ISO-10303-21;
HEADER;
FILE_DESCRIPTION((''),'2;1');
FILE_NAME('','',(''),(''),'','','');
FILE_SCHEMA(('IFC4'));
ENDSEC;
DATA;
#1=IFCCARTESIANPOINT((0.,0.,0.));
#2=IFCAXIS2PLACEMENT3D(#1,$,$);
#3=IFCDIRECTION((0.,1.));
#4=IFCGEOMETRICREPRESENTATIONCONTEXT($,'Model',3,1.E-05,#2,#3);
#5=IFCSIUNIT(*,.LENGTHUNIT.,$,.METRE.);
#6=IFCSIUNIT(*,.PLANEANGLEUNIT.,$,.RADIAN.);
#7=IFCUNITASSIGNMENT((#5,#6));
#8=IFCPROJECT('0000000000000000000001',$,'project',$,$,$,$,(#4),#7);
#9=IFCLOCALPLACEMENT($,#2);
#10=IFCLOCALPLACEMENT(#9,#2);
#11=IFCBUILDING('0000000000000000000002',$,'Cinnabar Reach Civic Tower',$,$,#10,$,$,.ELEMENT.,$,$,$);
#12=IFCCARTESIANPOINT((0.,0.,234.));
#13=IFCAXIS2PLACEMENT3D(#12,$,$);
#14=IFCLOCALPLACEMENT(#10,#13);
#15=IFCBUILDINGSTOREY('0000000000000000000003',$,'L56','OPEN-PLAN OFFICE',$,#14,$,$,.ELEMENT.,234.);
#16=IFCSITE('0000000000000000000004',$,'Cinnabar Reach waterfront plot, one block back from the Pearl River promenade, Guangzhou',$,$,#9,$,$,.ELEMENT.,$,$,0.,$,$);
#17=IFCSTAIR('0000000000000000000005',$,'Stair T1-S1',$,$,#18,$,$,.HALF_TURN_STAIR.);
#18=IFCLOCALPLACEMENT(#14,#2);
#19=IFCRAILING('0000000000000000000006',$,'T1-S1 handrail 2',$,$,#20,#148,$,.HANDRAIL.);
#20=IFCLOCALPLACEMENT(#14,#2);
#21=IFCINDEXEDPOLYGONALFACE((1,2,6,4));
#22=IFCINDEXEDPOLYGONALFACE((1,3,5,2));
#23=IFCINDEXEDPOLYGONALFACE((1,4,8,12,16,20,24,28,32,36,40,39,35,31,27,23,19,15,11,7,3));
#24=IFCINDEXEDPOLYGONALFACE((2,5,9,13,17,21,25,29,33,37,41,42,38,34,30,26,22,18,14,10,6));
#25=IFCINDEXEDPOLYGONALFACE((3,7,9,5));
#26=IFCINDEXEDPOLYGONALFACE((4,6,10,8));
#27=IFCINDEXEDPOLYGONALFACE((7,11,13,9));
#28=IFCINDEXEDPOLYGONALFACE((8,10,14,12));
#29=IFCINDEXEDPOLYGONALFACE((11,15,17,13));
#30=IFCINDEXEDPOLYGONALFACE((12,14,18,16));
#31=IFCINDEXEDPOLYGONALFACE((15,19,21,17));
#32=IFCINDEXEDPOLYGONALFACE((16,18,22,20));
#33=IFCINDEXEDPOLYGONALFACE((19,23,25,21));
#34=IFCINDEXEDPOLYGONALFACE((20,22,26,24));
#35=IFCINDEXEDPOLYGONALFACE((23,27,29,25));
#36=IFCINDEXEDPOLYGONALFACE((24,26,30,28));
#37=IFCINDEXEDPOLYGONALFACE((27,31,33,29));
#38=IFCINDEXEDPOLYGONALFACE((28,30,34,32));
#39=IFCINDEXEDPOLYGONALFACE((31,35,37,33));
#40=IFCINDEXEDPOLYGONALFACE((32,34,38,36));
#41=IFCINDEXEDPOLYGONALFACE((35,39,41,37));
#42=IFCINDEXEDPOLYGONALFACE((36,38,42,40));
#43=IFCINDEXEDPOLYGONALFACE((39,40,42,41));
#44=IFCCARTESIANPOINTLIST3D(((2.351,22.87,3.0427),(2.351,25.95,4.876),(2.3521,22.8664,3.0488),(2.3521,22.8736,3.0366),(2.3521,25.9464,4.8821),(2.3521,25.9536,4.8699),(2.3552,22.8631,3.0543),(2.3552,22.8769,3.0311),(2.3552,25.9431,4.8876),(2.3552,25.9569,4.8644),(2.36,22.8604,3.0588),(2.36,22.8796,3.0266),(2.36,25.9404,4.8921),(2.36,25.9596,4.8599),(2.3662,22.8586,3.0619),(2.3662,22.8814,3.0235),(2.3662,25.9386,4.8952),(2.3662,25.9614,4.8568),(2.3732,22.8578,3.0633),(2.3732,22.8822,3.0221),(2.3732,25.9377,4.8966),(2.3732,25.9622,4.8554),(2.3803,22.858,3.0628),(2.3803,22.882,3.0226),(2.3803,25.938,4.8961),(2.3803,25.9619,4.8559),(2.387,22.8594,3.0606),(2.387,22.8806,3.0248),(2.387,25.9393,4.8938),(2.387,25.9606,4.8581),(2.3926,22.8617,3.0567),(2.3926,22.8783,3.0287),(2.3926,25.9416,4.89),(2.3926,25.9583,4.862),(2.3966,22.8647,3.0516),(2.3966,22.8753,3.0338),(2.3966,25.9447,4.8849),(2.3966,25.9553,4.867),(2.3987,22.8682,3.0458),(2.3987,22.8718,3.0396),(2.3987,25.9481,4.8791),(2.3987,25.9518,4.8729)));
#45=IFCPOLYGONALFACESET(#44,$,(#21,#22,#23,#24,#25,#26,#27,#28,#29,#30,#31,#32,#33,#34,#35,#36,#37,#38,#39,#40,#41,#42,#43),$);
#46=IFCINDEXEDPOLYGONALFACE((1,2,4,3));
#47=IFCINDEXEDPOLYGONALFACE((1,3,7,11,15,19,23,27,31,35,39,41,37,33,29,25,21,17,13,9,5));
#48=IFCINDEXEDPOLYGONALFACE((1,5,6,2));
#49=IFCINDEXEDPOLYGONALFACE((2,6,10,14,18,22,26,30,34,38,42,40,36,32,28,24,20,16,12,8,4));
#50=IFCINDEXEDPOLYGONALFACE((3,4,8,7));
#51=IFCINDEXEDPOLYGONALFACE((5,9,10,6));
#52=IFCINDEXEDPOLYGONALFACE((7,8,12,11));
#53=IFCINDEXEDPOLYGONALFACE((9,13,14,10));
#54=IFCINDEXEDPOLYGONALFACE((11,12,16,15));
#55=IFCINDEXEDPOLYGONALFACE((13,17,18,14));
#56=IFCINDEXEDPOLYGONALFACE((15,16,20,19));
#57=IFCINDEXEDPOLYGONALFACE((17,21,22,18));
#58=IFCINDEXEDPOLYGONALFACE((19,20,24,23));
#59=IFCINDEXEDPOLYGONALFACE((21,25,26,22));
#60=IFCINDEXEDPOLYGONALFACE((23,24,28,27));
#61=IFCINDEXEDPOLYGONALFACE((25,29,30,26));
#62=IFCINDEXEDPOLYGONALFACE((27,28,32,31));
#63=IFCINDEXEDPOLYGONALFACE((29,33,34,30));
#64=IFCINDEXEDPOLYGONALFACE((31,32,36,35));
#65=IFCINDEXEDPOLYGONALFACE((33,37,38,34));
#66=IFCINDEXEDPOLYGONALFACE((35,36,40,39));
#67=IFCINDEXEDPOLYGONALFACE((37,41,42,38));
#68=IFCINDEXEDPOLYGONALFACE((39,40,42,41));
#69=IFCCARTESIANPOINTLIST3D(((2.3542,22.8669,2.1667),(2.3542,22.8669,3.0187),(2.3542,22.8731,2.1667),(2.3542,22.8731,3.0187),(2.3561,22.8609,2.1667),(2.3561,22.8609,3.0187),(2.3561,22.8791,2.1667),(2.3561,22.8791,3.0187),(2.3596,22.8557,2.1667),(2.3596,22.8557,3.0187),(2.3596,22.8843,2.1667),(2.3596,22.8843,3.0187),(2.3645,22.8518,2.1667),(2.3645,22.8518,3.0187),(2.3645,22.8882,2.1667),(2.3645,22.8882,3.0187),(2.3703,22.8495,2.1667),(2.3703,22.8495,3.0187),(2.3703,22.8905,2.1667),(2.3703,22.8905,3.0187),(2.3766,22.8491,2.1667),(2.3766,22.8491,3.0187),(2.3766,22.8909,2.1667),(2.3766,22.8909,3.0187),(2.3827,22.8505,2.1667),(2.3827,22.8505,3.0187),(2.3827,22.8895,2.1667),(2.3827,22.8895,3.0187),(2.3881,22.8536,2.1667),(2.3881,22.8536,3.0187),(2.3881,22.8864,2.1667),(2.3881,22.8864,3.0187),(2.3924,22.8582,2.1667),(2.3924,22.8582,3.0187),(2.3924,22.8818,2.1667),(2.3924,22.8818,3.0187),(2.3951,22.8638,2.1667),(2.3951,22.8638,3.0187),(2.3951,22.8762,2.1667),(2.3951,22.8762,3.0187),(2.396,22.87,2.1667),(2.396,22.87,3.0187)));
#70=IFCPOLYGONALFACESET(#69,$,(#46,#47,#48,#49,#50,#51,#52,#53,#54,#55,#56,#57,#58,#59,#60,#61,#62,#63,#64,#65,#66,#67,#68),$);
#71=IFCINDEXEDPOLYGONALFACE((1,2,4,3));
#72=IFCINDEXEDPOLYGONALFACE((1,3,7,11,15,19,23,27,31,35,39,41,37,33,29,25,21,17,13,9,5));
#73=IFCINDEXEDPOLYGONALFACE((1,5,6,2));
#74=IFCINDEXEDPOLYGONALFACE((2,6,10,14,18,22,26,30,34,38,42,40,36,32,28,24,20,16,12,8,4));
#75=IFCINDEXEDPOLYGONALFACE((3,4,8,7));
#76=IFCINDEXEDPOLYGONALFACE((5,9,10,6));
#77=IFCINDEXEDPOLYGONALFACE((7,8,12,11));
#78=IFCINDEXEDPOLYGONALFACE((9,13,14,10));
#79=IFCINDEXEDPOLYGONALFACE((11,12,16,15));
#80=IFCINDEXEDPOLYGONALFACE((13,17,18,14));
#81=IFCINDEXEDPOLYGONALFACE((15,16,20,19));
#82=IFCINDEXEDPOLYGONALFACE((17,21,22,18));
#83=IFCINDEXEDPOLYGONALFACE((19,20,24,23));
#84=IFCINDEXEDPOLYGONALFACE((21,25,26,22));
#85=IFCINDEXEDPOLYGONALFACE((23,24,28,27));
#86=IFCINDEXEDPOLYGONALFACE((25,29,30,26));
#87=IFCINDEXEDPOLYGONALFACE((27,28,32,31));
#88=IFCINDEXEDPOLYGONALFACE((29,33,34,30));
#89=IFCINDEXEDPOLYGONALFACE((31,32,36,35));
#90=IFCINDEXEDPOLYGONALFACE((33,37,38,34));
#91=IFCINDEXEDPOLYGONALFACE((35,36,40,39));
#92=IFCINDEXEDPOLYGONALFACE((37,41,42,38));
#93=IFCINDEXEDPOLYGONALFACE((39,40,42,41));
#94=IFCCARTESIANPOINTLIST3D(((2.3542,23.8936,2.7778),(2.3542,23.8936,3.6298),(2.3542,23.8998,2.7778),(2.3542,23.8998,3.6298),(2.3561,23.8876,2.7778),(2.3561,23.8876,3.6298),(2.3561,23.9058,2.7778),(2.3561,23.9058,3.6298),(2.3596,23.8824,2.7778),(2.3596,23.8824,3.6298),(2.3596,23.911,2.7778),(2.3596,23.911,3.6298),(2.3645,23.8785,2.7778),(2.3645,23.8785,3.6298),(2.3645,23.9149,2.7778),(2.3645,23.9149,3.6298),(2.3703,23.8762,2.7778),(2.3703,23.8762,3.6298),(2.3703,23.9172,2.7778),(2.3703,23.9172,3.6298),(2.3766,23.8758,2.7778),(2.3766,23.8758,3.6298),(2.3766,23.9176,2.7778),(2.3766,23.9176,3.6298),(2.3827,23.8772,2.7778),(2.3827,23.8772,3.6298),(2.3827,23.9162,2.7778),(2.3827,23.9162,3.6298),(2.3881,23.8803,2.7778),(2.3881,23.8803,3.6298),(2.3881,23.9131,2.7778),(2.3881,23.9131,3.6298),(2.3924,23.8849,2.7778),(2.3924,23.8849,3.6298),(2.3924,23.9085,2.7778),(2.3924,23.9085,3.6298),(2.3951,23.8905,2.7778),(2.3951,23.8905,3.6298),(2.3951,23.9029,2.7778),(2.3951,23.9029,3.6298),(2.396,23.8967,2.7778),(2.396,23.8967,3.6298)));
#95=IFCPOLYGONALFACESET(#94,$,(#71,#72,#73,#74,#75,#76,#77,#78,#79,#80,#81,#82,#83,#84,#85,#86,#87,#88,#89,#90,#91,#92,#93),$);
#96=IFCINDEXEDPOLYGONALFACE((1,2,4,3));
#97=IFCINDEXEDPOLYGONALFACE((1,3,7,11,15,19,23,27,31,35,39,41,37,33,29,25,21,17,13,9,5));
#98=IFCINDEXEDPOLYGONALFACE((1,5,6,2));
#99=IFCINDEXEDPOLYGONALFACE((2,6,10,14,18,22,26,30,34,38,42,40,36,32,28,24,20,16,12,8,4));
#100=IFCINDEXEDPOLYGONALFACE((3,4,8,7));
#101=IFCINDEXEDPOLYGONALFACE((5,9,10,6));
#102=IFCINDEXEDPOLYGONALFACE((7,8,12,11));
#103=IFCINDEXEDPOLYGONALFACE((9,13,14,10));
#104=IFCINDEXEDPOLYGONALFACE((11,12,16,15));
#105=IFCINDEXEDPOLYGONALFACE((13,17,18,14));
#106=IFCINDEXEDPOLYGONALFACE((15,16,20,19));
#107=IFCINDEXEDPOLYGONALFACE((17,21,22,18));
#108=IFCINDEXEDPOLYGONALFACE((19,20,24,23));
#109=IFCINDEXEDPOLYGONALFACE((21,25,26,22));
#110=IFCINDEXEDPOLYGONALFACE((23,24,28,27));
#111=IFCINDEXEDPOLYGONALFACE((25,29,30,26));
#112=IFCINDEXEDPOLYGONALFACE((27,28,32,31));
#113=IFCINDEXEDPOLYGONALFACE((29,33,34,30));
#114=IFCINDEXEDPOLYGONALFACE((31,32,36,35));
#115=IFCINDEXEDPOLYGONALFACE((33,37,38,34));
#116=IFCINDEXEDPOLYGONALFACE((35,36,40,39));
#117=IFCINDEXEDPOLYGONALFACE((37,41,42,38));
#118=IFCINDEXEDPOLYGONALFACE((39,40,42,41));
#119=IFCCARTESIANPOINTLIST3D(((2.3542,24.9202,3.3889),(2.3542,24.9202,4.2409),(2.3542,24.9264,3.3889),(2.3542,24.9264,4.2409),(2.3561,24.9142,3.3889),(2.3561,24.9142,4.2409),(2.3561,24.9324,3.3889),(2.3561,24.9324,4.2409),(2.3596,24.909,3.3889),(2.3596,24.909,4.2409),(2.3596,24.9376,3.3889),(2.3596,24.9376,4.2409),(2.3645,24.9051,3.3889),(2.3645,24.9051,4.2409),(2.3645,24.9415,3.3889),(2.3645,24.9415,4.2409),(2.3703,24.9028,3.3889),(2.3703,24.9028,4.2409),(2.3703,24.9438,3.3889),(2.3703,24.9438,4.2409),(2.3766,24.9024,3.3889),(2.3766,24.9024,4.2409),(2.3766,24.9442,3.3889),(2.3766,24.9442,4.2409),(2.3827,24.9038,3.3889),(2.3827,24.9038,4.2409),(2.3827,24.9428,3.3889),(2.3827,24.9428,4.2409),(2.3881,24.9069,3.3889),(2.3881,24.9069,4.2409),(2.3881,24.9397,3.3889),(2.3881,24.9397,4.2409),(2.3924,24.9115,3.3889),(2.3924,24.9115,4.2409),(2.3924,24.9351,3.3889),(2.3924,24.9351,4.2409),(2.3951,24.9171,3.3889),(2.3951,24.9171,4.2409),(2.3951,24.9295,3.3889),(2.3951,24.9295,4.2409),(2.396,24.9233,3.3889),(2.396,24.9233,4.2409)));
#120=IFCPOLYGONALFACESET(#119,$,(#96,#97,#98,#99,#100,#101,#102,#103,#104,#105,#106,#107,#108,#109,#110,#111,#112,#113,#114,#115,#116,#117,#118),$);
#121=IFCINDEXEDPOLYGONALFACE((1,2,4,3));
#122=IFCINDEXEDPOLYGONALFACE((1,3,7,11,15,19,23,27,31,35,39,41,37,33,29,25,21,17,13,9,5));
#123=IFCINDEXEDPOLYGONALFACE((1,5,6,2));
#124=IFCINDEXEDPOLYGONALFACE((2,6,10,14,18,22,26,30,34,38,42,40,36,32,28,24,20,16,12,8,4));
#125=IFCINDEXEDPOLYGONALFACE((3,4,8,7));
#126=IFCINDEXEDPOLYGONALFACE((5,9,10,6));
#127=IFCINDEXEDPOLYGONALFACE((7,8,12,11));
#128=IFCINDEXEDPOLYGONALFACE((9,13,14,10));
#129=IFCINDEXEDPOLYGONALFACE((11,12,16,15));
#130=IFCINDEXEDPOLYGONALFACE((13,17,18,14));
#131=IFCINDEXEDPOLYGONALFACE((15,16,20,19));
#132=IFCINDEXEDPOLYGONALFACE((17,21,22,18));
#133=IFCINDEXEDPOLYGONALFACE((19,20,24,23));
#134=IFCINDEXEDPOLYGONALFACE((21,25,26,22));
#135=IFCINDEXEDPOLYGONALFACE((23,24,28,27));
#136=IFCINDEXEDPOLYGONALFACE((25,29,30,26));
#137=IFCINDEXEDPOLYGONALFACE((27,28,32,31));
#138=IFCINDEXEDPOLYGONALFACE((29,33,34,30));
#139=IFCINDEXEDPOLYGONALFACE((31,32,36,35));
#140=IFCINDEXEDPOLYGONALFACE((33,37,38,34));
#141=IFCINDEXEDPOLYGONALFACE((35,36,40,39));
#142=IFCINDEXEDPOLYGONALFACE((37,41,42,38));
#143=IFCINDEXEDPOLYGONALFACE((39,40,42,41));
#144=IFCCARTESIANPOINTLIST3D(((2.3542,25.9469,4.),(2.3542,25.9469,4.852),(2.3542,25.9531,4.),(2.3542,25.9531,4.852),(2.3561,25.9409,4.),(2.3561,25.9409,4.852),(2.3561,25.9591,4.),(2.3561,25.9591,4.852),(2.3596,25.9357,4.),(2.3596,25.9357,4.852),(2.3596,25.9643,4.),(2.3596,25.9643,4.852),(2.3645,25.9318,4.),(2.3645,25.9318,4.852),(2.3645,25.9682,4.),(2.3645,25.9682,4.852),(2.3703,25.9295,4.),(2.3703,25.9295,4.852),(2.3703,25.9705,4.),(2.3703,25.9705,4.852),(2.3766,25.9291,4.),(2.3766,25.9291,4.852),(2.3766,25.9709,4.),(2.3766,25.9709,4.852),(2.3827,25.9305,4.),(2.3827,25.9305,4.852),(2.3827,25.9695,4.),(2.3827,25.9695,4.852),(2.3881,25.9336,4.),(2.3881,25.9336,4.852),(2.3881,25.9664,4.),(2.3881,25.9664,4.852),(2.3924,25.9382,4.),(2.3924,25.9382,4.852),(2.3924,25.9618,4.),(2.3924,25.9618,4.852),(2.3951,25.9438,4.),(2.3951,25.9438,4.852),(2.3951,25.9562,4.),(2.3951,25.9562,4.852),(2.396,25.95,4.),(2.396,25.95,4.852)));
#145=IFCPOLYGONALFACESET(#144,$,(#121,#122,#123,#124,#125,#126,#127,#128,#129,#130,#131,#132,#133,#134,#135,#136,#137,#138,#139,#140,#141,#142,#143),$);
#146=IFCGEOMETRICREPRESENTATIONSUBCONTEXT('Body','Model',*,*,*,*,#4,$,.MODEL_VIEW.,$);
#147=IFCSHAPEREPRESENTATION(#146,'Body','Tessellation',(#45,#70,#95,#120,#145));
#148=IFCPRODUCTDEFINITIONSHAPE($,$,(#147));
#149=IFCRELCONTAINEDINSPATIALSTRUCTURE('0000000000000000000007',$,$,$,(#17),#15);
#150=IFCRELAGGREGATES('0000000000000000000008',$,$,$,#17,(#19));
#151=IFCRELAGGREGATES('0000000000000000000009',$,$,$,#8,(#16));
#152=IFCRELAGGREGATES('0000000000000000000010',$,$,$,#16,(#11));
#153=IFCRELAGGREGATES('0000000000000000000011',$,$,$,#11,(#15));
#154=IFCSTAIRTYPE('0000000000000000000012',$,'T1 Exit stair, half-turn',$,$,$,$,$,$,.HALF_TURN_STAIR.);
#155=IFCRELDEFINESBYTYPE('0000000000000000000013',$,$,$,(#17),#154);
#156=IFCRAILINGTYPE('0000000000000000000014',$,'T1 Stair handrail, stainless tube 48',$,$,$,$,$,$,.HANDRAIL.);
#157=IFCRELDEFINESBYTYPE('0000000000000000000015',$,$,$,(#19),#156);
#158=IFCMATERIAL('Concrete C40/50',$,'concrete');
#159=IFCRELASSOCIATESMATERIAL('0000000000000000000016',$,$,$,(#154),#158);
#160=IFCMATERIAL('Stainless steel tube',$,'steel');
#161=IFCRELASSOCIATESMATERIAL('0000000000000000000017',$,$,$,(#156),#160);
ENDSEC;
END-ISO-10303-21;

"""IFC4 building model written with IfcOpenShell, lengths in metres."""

from ifc_helpers import new_model, si_unit, direction, frame, origin, origin_2d, place, context, subcontext, project, spatial, circle, extrude, material, type_object, element, aggregate, save


model = new_model("IFC4")

# Units and contexts
model_context = context("Model", 3, precision=1e-05, world=origin(), true_north=direction((0.0, 1.0)))
body_context = subcontext(model_context, "Body", "Model", "MODEL_VIEW")
ifc_project = project(units=[si_unit("LENGTHUNIT", "METRE"), si_unit("PLANEANGLEUNIT", "RADIAN")], contexts=[model_context])

# Site, building, storey
site_placement = place(None, origin())
site = spatial("IfcSite", under=ifc_project, at=site_placement, Name="Cinnabar Reach waterfront plot, one block back from the Pearl River promenade, Guangzhou", CompositionType="ELEMENT", RefElevation=0.0)
building_placement = place(site_placement, origin())
building = spatial("IfcBuilding", under=site, at=building_placement, Name="Cinnabar Reach Civic Tower", CompositionType="ELEMENT")
storey_placement = place(building_placement, frame((0.0, 0.0, 234.0)))
storey = spatial("IfcBuildingStorey", under=building, at=storey_placement, Name="L56", Description="OPEN-PLAN OFFICE", CompositionType="ELEMENT", Elevation=234.0)

# Shared definitions
ifc_material_1 = material(Name="Concrete C40/50", Category="concrete")

# Stair, railing
stair_type = type_object("IfcStairType", Name="T1 Exit stair, half-turn", PredefinedType="HALF_TURN_STAIR", material=ifc_material_1)
stair_placement = place(storey_placement, origin())
stair = element("IfcStair", 1, at=stair_placement, inside=storey, type_object=stair_type, Name="Stair T1-S1", PredefinedType="HALF_TURN_STAIR")
ifc_material_2 = material(Name="Stainless steel tube", Category="steel")
railing_type = type_object("IfcRailingType", Name="T1 Stair handrail, stainless tube 48", PredefinedType="HANDRAIL", material=ifc_material_2)
railing_1_placement = place(storey_placement, frame((2.375, 22.87, 2.1667)))
railing_1 = element("IfcRailing", 2, at=railing_1_placement, type_object=railing_type, Name="T1-S1 handrail 2", PredefinedType="HANDRAIL", context=body_context, shape_type="SweptSolid", body=[
    extrude(circle(Radius=0.024, at=origin_2d()), frame((0.0, 0.0, 0.876), z_axis=(0.0, 0.859297, 0.511477), x_axis=(-1.0, 0.0, 0.0)), (0.0, 0.0, 1.0), 3.5843),
    extrude(circle(Radius=0.021, at=origin_2d()), origin(), (0.0, 0.0, 1.0), 0.852),
    extrude(circle(Radius=0.021, at=origin_2d()), frame((0.0, 1.0267, 0.6111)), (0.0, 0.0, 1.0), 0.852),
    extrude(circle(Radius=0.021, at=origin_2d()), frame((0.0, 2.0533, 1.2222)), (0.0, 0.0, 1.0), 0.852),
    extrude(circle(Radius=0.021, at=origin_2d()), frame((0.0, 3.08, 1.8333)), (0.0, 0.0, 1.0), 0.852),
])
aggregate(stair, [railing_1])

save(model, "model.ifc")
